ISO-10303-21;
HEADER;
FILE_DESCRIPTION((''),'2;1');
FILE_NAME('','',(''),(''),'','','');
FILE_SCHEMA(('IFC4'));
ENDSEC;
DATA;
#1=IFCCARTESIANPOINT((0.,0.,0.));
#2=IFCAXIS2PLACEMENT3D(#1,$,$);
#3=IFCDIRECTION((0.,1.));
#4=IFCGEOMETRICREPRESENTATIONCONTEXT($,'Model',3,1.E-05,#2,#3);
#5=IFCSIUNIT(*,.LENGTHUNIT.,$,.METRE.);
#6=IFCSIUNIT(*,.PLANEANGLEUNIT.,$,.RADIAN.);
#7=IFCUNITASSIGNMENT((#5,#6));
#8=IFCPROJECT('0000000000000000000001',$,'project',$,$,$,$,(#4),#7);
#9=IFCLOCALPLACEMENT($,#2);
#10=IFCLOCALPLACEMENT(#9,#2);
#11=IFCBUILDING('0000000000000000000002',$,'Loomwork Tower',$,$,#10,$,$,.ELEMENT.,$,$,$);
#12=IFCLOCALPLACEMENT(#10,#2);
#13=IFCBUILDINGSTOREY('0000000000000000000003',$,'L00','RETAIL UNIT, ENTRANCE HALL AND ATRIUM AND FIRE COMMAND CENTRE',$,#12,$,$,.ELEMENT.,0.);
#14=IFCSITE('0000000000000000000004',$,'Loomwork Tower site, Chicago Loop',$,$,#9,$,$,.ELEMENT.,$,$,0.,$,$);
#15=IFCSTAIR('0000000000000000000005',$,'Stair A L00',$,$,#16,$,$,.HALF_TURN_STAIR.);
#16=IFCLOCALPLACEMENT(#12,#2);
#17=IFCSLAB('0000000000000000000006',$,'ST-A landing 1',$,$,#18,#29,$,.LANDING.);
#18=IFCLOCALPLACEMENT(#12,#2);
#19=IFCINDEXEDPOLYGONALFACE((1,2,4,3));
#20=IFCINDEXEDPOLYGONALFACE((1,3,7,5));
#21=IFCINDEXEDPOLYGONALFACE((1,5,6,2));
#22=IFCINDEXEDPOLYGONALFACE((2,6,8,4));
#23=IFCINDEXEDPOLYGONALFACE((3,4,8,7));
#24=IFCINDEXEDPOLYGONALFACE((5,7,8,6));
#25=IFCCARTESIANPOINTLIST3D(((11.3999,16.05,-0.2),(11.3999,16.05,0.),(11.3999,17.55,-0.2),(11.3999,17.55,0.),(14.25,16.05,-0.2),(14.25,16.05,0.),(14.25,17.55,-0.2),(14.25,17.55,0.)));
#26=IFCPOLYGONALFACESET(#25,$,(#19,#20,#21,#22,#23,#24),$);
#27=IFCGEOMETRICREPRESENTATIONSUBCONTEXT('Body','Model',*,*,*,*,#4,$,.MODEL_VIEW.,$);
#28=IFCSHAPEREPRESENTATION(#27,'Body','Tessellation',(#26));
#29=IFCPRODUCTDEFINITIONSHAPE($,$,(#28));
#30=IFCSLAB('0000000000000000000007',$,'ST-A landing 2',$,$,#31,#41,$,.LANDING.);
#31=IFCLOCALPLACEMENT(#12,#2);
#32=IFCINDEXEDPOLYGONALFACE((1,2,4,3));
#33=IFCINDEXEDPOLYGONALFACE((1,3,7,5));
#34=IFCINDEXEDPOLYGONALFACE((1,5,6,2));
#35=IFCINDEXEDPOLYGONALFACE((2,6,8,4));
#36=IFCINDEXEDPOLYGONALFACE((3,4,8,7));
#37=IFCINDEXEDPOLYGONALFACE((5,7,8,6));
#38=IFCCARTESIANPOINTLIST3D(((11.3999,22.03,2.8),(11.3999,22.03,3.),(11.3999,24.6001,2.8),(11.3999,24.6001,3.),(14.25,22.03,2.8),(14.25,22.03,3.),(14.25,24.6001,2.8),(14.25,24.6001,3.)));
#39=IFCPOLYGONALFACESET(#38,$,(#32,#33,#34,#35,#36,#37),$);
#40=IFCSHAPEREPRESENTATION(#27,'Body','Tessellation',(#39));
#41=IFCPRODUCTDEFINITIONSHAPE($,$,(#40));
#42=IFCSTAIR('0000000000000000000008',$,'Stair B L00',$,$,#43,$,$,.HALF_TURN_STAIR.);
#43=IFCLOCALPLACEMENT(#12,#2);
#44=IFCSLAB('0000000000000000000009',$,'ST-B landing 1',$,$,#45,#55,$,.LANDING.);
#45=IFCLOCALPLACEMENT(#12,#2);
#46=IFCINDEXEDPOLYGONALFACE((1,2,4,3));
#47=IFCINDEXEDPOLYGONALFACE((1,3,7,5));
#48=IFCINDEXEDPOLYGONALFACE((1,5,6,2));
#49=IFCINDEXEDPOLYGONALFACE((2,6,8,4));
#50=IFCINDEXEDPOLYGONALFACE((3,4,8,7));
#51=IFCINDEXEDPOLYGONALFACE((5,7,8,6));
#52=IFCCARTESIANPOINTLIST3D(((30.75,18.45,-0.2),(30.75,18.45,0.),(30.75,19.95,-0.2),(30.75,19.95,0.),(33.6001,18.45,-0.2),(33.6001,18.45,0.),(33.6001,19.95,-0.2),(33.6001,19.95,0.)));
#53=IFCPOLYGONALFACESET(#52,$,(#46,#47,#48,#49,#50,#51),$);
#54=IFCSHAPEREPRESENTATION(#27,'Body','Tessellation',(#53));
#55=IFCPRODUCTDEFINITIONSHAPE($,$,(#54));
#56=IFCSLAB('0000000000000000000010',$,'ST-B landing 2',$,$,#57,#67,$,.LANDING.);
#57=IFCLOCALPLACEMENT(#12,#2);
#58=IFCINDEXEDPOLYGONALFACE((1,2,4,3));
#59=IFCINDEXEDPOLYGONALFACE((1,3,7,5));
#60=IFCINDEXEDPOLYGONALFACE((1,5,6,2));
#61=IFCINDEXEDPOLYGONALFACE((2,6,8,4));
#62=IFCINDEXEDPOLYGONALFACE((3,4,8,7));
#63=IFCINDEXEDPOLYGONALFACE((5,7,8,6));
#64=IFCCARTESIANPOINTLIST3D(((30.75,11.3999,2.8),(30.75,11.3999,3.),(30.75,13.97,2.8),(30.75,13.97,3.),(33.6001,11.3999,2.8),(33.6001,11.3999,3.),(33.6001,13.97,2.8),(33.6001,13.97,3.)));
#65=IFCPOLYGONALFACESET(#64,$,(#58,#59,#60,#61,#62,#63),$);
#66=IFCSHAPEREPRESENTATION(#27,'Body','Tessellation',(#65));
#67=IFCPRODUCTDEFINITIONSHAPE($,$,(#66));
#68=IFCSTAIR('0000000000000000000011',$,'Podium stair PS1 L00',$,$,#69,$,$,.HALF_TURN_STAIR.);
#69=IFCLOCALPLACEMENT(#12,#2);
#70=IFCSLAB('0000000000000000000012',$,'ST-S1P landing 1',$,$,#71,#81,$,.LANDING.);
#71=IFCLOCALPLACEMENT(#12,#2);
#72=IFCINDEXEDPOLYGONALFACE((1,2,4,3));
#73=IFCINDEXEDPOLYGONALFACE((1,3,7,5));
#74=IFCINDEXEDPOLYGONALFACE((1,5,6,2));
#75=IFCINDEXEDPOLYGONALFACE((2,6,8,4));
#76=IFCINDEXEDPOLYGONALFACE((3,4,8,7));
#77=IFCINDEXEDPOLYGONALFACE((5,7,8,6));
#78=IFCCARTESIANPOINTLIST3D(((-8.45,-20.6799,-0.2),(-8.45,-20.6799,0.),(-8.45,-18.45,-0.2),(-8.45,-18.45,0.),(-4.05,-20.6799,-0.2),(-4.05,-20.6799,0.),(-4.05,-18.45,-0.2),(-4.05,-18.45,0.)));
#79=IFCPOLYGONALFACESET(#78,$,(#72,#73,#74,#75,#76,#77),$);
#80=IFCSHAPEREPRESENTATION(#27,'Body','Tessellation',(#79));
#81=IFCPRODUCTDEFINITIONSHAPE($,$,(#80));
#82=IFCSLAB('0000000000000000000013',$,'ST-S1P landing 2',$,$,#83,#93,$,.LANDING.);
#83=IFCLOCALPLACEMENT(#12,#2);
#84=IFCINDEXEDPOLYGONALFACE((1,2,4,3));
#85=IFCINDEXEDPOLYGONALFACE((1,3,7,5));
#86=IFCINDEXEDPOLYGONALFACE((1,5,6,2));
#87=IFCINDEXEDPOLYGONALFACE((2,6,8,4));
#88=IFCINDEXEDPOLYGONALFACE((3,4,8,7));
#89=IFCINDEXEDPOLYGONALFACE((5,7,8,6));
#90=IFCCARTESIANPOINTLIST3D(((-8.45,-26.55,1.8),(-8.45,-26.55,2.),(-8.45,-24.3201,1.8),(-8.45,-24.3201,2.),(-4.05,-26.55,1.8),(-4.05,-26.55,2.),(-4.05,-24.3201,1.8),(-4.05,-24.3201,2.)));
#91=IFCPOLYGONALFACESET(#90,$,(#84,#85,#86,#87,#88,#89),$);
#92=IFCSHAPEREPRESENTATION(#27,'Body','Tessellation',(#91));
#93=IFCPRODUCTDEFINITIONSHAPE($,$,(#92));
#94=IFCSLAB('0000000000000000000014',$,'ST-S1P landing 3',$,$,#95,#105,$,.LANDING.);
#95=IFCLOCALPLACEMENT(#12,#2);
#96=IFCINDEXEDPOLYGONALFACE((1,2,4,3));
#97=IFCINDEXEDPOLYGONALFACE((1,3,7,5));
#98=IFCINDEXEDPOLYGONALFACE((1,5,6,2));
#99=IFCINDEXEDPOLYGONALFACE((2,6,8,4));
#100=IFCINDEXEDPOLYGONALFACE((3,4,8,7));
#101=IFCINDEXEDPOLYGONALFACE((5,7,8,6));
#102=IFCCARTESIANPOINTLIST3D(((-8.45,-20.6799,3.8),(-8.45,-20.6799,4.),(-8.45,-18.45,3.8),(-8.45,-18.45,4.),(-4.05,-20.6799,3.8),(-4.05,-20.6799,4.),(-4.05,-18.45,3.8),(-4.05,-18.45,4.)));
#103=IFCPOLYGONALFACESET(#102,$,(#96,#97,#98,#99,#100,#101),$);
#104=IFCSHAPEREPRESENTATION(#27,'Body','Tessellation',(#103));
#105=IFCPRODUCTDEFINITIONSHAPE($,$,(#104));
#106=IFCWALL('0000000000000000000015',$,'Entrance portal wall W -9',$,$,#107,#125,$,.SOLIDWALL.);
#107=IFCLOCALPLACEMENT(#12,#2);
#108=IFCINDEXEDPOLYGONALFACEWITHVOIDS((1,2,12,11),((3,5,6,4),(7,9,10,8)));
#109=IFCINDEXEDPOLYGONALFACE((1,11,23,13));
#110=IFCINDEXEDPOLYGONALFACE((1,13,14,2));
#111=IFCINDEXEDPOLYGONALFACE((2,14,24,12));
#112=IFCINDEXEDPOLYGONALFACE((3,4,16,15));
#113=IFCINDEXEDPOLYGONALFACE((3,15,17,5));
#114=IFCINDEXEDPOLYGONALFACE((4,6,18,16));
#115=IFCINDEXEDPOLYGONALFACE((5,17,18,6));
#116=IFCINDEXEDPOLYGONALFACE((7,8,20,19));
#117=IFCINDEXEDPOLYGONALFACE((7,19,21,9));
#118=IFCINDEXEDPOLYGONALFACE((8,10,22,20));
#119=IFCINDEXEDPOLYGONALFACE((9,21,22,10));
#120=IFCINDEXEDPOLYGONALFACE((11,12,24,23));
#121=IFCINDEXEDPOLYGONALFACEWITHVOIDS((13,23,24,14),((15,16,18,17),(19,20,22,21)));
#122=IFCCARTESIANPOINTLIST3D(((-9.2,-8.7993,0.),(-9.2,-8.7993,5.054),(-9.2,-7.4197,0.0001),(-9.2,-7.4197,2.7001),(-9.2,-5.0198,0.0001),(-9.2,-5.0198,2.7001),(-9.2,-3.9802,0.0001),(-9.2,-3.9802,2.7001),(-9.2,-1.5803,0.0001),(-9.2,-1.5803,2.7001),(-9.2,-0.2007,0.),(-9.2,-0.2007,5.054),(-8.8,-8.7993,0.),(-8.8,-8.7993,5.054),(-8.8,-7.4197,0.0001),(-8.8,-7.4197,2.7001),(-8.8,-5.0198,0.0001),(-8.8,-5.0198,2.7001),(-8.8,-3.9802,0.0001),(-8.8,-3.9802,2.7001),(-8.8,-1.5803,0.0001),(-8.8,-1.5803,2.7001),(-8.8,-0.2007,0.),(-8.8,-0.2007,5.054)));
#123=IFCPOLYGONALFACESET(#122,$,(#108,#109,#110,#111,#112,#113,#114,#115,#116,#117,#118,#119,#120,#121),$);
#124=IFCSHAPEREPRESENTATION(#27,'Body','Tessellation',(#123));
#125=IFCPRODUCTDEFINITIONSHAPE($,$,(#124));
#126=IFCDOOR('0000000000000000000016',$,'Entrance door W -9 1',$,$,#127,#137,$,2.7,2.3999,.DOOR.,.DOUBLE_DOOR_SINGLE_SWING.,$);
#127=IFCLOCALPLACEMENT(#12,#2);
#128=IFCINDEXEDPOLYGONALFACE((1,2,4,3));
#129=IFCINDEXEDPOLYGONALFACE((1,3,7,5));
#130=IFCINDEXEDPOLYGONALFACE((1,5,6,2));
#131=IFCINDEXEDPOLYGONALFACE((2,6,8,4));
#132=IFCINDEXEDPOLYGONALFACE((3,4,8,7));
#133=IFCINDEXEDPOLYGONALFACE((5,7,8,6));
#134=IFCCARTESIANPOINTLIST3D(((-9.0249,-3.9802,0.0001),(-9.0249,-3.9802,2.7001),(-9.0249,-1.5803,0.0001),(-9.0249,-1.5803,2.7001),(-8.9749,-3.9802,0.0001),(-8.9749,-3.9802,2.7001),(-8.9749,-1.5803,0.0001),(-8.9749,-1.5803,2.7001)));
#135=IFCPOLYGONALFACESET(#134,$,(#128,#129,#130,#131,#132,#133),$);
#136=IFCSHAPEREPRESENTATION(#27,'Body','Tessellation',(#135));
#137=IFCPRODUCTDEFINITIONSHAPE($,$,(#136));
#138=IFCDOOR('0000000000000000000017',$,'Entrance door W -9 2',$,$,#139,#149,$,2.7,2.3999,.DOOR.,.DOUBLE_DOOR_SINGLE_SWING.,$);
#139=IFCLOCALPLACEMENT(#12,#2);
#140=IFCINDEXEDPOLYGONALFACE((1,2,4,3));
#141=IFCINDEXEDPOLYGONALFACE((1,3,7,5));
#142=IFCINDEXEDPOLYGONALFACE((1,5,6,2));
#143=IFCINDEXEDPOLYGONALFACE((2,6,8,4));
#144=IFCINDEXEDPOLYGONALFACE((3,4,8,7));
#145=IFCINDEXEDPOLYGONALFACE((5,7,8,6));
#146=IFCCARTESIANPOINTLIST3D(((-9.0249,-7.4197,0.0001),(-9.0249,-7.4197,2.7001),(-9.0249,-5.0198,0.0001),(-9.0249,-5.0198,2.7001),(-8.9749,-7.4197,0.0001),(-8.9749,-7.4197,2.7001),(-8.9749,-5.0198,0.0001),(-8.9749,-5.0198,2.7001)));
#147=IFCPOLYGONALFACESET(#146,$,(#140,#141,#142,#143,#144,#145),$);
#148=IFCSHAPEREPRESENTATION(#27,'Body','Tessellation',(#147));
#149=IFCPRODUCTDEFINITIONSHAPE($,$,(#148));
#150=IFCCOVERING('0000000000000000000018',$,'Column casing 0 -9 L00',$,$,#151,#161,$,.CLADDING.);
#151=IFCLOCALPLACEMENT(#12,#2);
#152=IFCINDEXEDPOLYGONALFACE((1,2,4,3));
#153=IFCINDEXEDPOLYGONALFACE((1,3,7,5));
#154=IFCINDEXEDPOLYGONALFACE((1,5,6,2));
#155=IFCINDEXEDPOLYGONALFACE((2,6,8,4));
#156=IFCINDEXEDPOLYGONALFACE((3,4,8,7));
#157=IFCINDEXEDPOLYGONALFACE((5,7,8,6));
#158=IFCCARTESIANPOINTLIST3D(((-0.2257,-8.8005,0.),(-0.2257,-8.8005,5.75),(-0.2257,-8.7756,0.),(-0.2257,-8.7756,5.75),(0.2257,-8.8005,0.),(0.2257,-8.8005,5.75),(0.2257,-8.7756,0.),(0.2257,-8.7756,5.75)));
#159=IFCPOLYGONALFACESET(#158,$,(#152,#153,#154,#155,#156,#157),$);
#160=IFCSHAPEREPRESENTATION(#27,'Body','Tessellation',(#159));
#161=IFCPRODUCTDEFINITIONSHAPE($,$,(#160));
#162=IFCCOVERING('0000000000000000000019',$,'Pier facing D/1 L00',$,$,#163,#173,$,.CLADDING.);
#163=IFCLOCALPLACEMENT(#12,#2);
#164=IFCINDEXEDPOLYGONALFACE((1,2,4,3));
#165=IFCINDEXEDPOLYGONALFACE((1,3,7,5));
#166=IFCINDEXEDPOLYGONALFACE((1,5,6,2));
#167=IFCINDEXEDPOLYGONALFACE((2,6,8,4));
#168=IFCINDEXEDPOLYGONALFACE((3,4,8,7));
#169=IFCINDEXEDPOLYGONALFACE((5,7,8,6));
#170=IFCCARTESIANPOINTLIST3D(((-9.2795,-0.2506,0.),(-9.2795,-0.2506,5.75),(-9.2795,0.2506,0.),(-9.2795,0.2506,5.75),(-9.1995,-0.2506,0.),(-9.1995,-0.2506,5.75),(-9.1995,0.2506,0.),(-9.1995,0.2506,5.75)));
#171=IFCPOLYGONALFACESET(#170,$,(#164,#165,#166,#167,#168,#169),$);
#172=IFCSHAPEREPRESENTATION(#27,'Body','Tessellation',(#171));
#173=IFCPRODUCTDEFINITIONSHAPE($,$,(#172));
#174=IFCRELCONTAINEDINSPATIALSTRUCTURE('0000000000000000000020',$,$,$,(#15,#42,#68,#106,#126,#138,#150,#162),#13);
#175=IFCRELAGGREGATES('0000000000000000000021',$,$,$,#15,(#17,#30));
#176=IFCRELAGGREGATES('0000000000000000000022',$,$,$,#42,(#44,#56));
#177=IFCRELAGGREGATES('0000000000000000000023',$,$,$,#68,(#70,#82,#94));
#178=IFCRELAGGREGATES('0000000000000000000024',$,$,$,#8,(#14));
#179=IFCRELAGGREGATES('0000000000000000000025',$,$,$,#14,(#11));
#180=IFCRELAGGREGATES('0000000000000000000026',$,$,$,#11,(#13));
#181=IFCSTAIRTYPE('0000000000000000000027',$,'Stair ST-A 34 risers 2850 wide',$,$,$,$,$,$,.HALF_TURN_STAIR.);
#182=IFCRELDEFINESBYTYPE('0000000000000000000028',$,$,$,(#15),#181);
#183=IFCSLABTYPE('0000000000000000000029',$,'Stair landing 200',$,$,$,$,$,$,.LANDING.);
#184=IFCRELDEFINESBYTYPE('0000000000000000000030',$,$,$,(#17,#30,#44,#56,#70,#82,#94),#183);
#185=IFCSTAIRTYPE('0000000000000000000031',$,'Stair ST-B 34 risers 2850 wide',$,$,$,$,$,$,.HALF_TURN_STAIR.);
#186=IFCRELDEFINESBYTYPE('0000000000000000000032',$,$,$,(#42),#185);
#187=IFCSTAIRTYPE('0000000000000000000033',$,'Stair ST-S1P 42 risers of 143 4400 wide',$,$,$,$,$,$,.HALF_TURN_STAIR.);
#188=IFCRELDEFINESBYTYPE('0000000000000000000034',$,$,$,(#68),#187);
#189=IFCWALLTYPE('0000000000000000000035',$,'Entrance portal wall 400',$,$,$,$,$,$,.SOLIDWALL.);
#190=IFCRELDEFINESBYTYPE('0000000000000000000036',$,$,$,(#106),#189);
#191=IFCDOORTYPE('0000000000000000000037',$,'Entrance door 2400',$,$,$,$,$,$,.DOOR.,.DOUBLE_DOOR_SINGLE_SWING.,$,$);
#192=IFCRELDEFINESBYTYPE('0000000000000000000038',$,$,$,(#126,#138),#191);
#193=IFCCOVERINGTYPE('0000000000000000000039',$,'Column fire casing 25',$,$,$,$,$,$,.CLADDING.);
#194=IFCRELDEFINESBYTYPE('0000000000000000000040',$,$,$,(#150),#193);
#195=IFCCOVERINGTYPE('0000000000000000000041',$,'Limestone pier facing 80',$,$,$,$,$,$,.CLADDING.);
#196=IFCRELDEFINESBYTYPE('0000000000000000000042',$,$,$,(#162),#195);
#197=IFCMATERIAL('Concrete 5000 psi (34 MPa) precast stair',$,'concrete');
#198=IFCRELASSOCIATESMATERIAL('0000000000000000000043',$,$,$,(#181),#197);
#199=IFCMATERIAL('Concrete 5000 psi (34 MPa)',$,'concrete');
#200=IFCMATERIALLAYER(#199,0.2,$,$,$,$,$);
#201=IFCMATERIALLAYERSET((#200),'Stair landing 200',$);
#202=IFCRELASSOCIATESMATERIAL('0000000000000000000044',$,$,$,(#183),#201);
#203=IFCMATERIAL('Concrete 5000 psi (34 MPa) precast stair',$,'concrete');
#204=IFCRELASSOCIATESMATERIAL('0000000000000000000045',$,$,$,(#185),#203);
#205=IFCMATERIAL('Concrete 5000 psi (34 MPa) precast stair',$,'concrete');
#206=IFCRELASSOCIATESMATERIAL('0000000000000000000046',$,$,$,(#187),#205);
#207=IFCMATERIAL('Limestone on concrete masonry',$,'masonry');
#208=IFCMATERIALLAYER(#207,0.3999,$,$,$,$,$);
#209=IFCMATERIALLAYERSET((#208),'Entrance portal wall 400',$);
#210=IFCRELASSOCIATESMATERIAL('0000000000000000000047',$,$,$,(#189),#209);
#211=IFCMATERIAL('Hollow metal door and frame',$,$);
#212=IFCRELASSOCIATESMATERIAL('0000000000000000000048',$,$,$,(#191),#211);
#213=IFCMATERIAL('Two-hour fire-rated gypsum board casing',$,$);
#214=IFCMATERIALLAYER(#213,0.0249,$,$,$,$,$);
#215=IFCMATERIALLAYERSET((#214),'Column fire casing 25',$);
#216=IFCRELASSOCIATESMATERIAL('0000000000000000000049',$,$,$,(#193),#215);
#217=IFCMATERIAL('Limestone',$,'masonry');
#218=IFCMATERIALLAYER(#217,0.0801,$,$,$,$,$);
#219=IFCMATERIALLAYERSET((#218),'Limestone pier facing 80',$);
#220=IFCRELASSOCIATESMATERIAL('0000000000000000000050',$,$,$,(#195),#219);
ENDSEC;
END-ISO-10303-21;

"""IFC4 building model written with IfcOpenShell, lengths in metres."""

from ifc_helpers import new_model, si_unit, direction, frame, frame_2d, origin, origin_2d, place, context, subcontext, project, spatial, polyline, rectangle, outline, extrude, material, layer, layer_set, type_object, element, fill, aggregate, save


model = new_model("IFC4")

# Units and contexts
model_context = context("Model", 3, precision=1e-05, world=origin(), true_north=direction((0.0, 1.0)))
body_context = subcontext(model_context, "Body", "Model", "MODEL_VIEW")
ifc_project = project(units=[si_unit("LENGTHUNIT", "METRE"), si_unit("PLANEANGLEUNIT", "RADIAN")], contexts=[model_context])

# Site, building, storey
site_placement = place(None, origin())
site = spatial("IfcSite", under=ifc_project, at=site_placement, Name="Loomwork Tower site, Chicago Loop", CompositionType="ELEMENT", RefElevation=0.0)
building_placement = place(site_placement, origin())
building = spatial("IfcBuilding", under=site, at=building_placement, Name="Loomwork Tower", CompositionType="ELEMENT")
storey_placement = place(building_placement, origin())
storey = spatial("IfcBuildingStorey", under=building, at=storey_placement, Name="L00", Description="RETAIL UNIT, ENTRANCE HALL AND ATRIUM AND FIRE COMMAND CENTRE", CompositionType="ELEMENT", Elevation=0.0)

# Stairs, slabs
ifc_material_1 = material(Name="Concrete 5000 psi (34 MPa) precast stair", Category="concrete")
stair_type_1 = type_object("IfcStairType", Name="Stair ST-A 34 risers 2850 wide", PredefinedType="HALF_TURN_STAIR", material=ifc_material_1)
stair_1_placement = place(storey_placement, origin())
stair_1 = element("IfcStair", 1, at=stair_1_placement, inside=storey, type_object=stair_type_1, Name="Stair A L00", PredefinedType="HALF_TURN_STAIR")
ifc_material_2 = material(Name="Concrete 5000 psi (34 MPa)", Category="concrete")
ifc_layer_1 = layer(ifc_material_2, 0.2)
ifc_layer_set_1 = layer_set([ifc_layer_1], Name="Stair landing 200")
slab_type_1 = type_object("IfcSlabType", Name="Stair landing 200", PredefinedType="LANDING", material=ifc_layer_set_1)
slab_1_placement = place(storey_placement, frame((0.0, 0.0, -0.2)))
slab_1 = element("IfcSlab", 2, at=slab_1_placement, type_object=slab_type_1, Name="ST-A landing 1", PredefinedType="LANDING", context=body_context, shape_type="SweptSolid", body=[
    extrude(outline(polyline([(11.3999, 16.05), (14.25, 16.05), (14.25, 17.55), (11.3999, 17.55), (11.3999, 16.05)])), origin(), (0.0, 0.0, 1.0), 0.2),
])
slab_2_placement = place(storey_placement, frame((0.0, 0.0, 2.8)))
slab_2 = element("IfcSlab", 3, at=slab_2_placement, type_object=slab_type_1, Name="ST-A landing 2", PredefinedType="LANDING", context=body_context, shape_type="SweptSolid", body=[
    extrude(outline(polyline([(11.3999, 22.03), (14.25, 22.03), (14.25, 24.6001), (11.3999, 24.6001), (11.3999, 22.03)])), origin(), (0.0, 0.0, 1.0), 0.2),
])
aggregate(stair_1, [slab_1, slab_2])
ifc_material_3 = material(Name="Concrete 5000 psi (34 MPa) precast stair", Category="concrete")
stair_type_2 = type_object("IfcStairType", Name="Stair ST-B 34 risers 2850 wide", PredefinedType="HALF_TURN_STAIR", material=ifc_material_3)
stair_2_placement = place(storey_placement, origin())
stair_2 = element("IfcStair", 4, at=stair_2_placement, inside=storey, type_object=stair_type_2, Name="Stair B L00", PredefinedType="HALF_TURN_STAIR")
slab_3_placement = place(storey_placement, frame((0.0, 0.0, -0.2)))
slab_3 = element("IfcSlab", 5, at=slab_3_placement, type_object=slab_type_1, Name="ST-B landing 1", PredefinedType="LANDING", context=body_context, shape_type="SweptSolid", body=[
    extrude(outline(polyline([(30.75, 18.45), (33.6001, 18.45), (33.6001, 19.95), (30.75, 19.95), (30.75, 18.45)])), origin(), (0.0, 0.0, 1.0), 0.2),
])
slab_4_placement = place(storey_placement, frame((0.0, 0.0, 2.8)))
slab_4 = element("IfcSlab", 6, at=slab_4_placement, type_object=slab_type_1, Name="ST-B landing 2", PredefinedType="LANDING", context=body_context, shape_type="SweptSolid", body=[
    extrude(outline(polyline([(30.75, 11.3999), (33.6001, 11.3999), (33.6001, 13.97), (30.75, 13.97), (30.75, 11.3999)])), origin(), (0.0, 0.0, 1.0), 0.2),
])
aggregate(stair_2, [slab_3, slab_4])
ifc_material_4 = material(Name="Concrete 5000 psi (34 MPa) precast stair", Category="concrete")
stair_type_3 = type_object("IfcStairType", Name="Stair ST-S1P 42 risers of 143 4400 wide", PredefinedType="HALF_TURN_STAIR", material=ifc_material_4)
stair_3_placement = place(storey_placement, origin())
stair_3 = element("IfcStair", 7, at=stair_3_placement, inside=storey, type_object=stair_type_3, Name="Podium stair PS1 L00", PredefinedType="HALF_TURN_STAIR")
slab_5_placement = place(storey_placement, frame((0.0, 0.0, -0.2)))
slab_5 = element("IfcSlab", 8, at=slab_5_placement, type_object=slab_type_1, Name="ST-S1P landing 1", PredefinedType="LANDING", context=body_context, shape_type="SweptSolid", body=[
    extrude(outline(polyline([(-8.45, -20.6799), (-4.05, -20.6799), (-4.05, -18.45), (-8.45, -18.45), (-8.45, -20.6799)])), origin(), (0.0, 0.0, 1.0), 0.2),
])
slab_6_placement = place(storey_placement, frame((0.0, 0.0, 1.8)))
slab_6 = element("IfcSlab", 9, at=slab_6_placement, type_object=slab_type_1, Name="ST-S1P landing 2", PredefinedType="LANDING", context=body_context, shape_type="SweptSolid", body=[
    extrude(outline(polyline([(-8.45, -26.55), (-4.05, -26.55), (-4.05, -24.3201), (-8.45, -24.3201), (-8.45, -26.55)])), origin(), (0.0, 0.0, 1.0), 0.2),
])
slab_7_placement = place(storey_placement, frame((0.0, 0.0, 3.8)))
slab_7 = element("IfcSlab", 10, at=slab_7_placement, type_object=slab_type_1, Name="ST-S1P landing 3", PredefinedType="LANDING", context=body_context, shape_type="SweptSolid", body=[
    extrude(outline(polyline([(-8.45, -20.6799), (-4.05, -20.6799), (-4.05, -18.45), (-8.45, -18.45), (-8.45, -20.6799)])), origin(), (0.0, 0.0, 1.0), 0.2),
])
aggregate(stair_3, [slab_5, slab_6, slab_7])

# Wall, openings, doors
ifc_material_5 = material(Name="Limestone on concrete masonry", Category="masonry")
ifc_layer_2 = layer(ifc_material_5, 0.3999)
ifc_layer_set_2 = layer_set([ifc_layer_2], Name="Entrance portal wall 400")
wall_type = type_object("IfcWallType", Name="Entrance portal wall 400", PredefinedType="SOLIDWALL", material=ifc_layer_set_2)
wall_placement = place(storey_placement, frame((-9.0, -0.2007, 0.0), z_axis=(0.0, 0.0, 1.0), x_axis=(0.0, -1.0, 0.0)))
wall = element("IfcWall", 11, at=wall_placement, inside=storey, type_object=wall_type, Name="Entrance portal wall W -9", PredefinedType="SOLIDWALL", context=body_context, shape_type="SweptSolid", body=[
    extrude(rectangle(XDim=8.5986, YDim=0.3999, at=frame_2d((4.2993, 0.0))), origin(), (0.0, 0.0, 1.0), 5.054),
])
opening_1_placement = place(wall_placement, frame((1.3796, 0.0, 0.0)))
opening_1 = element("IfcOpeningElement", 12, at=opening_1_placement, cuts=wall, PredefinedType="OPENING", context=body_context, shape_type="SweptSolid", body=[
    extrude(rectangle(XDim=2.3999, YDim=2.7, at=frame_2d((1.2, 1.3501))), frame((0.0, 0.21, 0.0), z_axis=(0.0, -1.0, 0.0), x_axis=(1.0, 0.0, 0.0)), (0.0, 0.0, 1.0), 0.4199),
])
opening_2_placement = place(wall_placement, frame((4.8191, 0.0, 0.0)))
opening_2 = element("IfcOpeningElement", 13, at=opening_2_placement, cuts=wall, PredefinedType="OPENING", context=body_context, shape_type="SweptSolid", body=[
    extrude(rectangle(XDim=2.3999, YDim=2.7, at=frame_2d((1.2, 1.3501))), frame((0.0, 0.21, 0.0), z_axis=(0.0, -1.0, 0.0), x_axis=(1.0, 0.0, 0.0)), (0.0, 0.0, 1.0), 0.4199),
])
ifc_material_6 = material(Name="Hollow metal door and frame")
door_type = type_object("IfcDoorType", Name="Entrance door 2400", OperationType="DOUBLE_DOOR_SINGLE_SWING", PredefinedType="DOOR", material=ifc_material_6)
door_1_placement = place(opening_1_placement, frame((2.3999, 0.0, 0.0), z_axis=(0.0, 0.0, 1.0), x_axis=(-1.0, 0.0, 0.0)))
door_1 = element("IfcDoor", 14, at=door_1_placement, inside=storey, type_object=door_type, Name="Entrance door W -9 1", OperationType="DOUBLE_DOOR_SINGLE_SWING", OverallHeight=2.7, OverallWidth=2.3999, PredefinedType="DOOR", context=body_context, shape_type="SweptSolid", body=[
    extrude(rectangle(XDim=2.3999, YDim=2.7, at=frame_2d((1.2, 1.3501))), frame((0.0, 0.0249, 0.0), z_axis=(0.0, -1.0, 0.0), x_axis=(1.0, 0.0, 0.0)), (0.0, 0.0, 1.0), 0.05),
])
fill(opening_1, door_1)
door_2_placement = place(opening_2_placement, frame((2.3999, 0.0, 0.0), z_axis=(0.0, 0.0, 1.0), x_axis=(-1.0, 0.0, 0.0)))
door_2 = element("IfcDoor", 15, at=door_2_placement, inside=storey, type_object=door_type, Name="Entrance door W -9 2", OperationType="DOUBLE_DOOR_SINGLE_SWING", OverallHeight=2.7, OverallWidth=2.3999, PredefinedType="DOOR", context=body_context, shape_type="SweptSolid", body=[
    extrude(rectangle(XDim=2.3999, YDim=2.7, at=frame_2d((1.2, 1.3501))), frame((0.0, 0.0249, 0.0), z_axis=(0.0, -1.0, 0.0), x_axis=(1.0, 0.0, 0.0)), (0.0, 0.0, 1.0), 0.05),
])
fill(opening_2, door_2)

# Coverings
ifc_material_7 = material(Name="Two-hour fire-rated gypsum board casing")
ifc_layer_3 = layer(ifc_material_7, 0.0249)
ifc_layer_set_3 = layer_set([ifc_layer_3], Name="Column fire casing 25")
covering_type_1 = type_object("IfcCoveringType", Name="Column fire casing 25", PredefinedType="CLADDING", material=ifc_layer_set_3)
covering_1_placement = place(storey_placement, frame((0.0, -8.7881, 0.0), z_axis=(0.0, 0.0, 1.0), x_axis=(1.0, 0.0, 0.0)))
element("IfcCovering", 16, at=covering_1_placement, inside=storey, type_object=covering_type_1, Name="Column casing 0 -9 L00", PredefinedType="CLADDING", context=body_context, shape_type="SweptSolid", body=[
    extrude(rectangle(XDim=0.4514, YDim=0.0249, at=origin_2d()), origin(), (0.0, 0.0, 1.0), 5.75),
])
ifc_material_8 = material(Name="Limestone", Category="masonry")
ifc_layer_4 = layer(ifc_material_8, 0.0801)
ifc_layer_set_4 = layer_set([ifc_layer_4], Name="Limestone pier facing 80")
covering_type_2 = type_object("IfcCoveringType", Name="Limestone pier facing 80", PredefinedType="CLADDING", material=ifc_layer_set_4)
covering_2_placement = place(storey_placement, frame((-9.2395, 0.0, 0.0), z_axis=(0.0, 0.0, 1.0), x_axis=(1.0, 0.0, 0.0)))
element("IfcCovering", 17, at=covering_2_placement, inside=storey, type_object=covering_type_2, Name="Pier facing D/1 L00", PredefinedType="CLADDING", context=body_context, shape_type="SweptSolid", body=[
    extrude(rectangle(XDim=0.0801, YDim=0.5012, at=origin_2d()), origin(), (0.0, 0.0, 1.0), 5.75),
])

save(model, "model.ifc")
